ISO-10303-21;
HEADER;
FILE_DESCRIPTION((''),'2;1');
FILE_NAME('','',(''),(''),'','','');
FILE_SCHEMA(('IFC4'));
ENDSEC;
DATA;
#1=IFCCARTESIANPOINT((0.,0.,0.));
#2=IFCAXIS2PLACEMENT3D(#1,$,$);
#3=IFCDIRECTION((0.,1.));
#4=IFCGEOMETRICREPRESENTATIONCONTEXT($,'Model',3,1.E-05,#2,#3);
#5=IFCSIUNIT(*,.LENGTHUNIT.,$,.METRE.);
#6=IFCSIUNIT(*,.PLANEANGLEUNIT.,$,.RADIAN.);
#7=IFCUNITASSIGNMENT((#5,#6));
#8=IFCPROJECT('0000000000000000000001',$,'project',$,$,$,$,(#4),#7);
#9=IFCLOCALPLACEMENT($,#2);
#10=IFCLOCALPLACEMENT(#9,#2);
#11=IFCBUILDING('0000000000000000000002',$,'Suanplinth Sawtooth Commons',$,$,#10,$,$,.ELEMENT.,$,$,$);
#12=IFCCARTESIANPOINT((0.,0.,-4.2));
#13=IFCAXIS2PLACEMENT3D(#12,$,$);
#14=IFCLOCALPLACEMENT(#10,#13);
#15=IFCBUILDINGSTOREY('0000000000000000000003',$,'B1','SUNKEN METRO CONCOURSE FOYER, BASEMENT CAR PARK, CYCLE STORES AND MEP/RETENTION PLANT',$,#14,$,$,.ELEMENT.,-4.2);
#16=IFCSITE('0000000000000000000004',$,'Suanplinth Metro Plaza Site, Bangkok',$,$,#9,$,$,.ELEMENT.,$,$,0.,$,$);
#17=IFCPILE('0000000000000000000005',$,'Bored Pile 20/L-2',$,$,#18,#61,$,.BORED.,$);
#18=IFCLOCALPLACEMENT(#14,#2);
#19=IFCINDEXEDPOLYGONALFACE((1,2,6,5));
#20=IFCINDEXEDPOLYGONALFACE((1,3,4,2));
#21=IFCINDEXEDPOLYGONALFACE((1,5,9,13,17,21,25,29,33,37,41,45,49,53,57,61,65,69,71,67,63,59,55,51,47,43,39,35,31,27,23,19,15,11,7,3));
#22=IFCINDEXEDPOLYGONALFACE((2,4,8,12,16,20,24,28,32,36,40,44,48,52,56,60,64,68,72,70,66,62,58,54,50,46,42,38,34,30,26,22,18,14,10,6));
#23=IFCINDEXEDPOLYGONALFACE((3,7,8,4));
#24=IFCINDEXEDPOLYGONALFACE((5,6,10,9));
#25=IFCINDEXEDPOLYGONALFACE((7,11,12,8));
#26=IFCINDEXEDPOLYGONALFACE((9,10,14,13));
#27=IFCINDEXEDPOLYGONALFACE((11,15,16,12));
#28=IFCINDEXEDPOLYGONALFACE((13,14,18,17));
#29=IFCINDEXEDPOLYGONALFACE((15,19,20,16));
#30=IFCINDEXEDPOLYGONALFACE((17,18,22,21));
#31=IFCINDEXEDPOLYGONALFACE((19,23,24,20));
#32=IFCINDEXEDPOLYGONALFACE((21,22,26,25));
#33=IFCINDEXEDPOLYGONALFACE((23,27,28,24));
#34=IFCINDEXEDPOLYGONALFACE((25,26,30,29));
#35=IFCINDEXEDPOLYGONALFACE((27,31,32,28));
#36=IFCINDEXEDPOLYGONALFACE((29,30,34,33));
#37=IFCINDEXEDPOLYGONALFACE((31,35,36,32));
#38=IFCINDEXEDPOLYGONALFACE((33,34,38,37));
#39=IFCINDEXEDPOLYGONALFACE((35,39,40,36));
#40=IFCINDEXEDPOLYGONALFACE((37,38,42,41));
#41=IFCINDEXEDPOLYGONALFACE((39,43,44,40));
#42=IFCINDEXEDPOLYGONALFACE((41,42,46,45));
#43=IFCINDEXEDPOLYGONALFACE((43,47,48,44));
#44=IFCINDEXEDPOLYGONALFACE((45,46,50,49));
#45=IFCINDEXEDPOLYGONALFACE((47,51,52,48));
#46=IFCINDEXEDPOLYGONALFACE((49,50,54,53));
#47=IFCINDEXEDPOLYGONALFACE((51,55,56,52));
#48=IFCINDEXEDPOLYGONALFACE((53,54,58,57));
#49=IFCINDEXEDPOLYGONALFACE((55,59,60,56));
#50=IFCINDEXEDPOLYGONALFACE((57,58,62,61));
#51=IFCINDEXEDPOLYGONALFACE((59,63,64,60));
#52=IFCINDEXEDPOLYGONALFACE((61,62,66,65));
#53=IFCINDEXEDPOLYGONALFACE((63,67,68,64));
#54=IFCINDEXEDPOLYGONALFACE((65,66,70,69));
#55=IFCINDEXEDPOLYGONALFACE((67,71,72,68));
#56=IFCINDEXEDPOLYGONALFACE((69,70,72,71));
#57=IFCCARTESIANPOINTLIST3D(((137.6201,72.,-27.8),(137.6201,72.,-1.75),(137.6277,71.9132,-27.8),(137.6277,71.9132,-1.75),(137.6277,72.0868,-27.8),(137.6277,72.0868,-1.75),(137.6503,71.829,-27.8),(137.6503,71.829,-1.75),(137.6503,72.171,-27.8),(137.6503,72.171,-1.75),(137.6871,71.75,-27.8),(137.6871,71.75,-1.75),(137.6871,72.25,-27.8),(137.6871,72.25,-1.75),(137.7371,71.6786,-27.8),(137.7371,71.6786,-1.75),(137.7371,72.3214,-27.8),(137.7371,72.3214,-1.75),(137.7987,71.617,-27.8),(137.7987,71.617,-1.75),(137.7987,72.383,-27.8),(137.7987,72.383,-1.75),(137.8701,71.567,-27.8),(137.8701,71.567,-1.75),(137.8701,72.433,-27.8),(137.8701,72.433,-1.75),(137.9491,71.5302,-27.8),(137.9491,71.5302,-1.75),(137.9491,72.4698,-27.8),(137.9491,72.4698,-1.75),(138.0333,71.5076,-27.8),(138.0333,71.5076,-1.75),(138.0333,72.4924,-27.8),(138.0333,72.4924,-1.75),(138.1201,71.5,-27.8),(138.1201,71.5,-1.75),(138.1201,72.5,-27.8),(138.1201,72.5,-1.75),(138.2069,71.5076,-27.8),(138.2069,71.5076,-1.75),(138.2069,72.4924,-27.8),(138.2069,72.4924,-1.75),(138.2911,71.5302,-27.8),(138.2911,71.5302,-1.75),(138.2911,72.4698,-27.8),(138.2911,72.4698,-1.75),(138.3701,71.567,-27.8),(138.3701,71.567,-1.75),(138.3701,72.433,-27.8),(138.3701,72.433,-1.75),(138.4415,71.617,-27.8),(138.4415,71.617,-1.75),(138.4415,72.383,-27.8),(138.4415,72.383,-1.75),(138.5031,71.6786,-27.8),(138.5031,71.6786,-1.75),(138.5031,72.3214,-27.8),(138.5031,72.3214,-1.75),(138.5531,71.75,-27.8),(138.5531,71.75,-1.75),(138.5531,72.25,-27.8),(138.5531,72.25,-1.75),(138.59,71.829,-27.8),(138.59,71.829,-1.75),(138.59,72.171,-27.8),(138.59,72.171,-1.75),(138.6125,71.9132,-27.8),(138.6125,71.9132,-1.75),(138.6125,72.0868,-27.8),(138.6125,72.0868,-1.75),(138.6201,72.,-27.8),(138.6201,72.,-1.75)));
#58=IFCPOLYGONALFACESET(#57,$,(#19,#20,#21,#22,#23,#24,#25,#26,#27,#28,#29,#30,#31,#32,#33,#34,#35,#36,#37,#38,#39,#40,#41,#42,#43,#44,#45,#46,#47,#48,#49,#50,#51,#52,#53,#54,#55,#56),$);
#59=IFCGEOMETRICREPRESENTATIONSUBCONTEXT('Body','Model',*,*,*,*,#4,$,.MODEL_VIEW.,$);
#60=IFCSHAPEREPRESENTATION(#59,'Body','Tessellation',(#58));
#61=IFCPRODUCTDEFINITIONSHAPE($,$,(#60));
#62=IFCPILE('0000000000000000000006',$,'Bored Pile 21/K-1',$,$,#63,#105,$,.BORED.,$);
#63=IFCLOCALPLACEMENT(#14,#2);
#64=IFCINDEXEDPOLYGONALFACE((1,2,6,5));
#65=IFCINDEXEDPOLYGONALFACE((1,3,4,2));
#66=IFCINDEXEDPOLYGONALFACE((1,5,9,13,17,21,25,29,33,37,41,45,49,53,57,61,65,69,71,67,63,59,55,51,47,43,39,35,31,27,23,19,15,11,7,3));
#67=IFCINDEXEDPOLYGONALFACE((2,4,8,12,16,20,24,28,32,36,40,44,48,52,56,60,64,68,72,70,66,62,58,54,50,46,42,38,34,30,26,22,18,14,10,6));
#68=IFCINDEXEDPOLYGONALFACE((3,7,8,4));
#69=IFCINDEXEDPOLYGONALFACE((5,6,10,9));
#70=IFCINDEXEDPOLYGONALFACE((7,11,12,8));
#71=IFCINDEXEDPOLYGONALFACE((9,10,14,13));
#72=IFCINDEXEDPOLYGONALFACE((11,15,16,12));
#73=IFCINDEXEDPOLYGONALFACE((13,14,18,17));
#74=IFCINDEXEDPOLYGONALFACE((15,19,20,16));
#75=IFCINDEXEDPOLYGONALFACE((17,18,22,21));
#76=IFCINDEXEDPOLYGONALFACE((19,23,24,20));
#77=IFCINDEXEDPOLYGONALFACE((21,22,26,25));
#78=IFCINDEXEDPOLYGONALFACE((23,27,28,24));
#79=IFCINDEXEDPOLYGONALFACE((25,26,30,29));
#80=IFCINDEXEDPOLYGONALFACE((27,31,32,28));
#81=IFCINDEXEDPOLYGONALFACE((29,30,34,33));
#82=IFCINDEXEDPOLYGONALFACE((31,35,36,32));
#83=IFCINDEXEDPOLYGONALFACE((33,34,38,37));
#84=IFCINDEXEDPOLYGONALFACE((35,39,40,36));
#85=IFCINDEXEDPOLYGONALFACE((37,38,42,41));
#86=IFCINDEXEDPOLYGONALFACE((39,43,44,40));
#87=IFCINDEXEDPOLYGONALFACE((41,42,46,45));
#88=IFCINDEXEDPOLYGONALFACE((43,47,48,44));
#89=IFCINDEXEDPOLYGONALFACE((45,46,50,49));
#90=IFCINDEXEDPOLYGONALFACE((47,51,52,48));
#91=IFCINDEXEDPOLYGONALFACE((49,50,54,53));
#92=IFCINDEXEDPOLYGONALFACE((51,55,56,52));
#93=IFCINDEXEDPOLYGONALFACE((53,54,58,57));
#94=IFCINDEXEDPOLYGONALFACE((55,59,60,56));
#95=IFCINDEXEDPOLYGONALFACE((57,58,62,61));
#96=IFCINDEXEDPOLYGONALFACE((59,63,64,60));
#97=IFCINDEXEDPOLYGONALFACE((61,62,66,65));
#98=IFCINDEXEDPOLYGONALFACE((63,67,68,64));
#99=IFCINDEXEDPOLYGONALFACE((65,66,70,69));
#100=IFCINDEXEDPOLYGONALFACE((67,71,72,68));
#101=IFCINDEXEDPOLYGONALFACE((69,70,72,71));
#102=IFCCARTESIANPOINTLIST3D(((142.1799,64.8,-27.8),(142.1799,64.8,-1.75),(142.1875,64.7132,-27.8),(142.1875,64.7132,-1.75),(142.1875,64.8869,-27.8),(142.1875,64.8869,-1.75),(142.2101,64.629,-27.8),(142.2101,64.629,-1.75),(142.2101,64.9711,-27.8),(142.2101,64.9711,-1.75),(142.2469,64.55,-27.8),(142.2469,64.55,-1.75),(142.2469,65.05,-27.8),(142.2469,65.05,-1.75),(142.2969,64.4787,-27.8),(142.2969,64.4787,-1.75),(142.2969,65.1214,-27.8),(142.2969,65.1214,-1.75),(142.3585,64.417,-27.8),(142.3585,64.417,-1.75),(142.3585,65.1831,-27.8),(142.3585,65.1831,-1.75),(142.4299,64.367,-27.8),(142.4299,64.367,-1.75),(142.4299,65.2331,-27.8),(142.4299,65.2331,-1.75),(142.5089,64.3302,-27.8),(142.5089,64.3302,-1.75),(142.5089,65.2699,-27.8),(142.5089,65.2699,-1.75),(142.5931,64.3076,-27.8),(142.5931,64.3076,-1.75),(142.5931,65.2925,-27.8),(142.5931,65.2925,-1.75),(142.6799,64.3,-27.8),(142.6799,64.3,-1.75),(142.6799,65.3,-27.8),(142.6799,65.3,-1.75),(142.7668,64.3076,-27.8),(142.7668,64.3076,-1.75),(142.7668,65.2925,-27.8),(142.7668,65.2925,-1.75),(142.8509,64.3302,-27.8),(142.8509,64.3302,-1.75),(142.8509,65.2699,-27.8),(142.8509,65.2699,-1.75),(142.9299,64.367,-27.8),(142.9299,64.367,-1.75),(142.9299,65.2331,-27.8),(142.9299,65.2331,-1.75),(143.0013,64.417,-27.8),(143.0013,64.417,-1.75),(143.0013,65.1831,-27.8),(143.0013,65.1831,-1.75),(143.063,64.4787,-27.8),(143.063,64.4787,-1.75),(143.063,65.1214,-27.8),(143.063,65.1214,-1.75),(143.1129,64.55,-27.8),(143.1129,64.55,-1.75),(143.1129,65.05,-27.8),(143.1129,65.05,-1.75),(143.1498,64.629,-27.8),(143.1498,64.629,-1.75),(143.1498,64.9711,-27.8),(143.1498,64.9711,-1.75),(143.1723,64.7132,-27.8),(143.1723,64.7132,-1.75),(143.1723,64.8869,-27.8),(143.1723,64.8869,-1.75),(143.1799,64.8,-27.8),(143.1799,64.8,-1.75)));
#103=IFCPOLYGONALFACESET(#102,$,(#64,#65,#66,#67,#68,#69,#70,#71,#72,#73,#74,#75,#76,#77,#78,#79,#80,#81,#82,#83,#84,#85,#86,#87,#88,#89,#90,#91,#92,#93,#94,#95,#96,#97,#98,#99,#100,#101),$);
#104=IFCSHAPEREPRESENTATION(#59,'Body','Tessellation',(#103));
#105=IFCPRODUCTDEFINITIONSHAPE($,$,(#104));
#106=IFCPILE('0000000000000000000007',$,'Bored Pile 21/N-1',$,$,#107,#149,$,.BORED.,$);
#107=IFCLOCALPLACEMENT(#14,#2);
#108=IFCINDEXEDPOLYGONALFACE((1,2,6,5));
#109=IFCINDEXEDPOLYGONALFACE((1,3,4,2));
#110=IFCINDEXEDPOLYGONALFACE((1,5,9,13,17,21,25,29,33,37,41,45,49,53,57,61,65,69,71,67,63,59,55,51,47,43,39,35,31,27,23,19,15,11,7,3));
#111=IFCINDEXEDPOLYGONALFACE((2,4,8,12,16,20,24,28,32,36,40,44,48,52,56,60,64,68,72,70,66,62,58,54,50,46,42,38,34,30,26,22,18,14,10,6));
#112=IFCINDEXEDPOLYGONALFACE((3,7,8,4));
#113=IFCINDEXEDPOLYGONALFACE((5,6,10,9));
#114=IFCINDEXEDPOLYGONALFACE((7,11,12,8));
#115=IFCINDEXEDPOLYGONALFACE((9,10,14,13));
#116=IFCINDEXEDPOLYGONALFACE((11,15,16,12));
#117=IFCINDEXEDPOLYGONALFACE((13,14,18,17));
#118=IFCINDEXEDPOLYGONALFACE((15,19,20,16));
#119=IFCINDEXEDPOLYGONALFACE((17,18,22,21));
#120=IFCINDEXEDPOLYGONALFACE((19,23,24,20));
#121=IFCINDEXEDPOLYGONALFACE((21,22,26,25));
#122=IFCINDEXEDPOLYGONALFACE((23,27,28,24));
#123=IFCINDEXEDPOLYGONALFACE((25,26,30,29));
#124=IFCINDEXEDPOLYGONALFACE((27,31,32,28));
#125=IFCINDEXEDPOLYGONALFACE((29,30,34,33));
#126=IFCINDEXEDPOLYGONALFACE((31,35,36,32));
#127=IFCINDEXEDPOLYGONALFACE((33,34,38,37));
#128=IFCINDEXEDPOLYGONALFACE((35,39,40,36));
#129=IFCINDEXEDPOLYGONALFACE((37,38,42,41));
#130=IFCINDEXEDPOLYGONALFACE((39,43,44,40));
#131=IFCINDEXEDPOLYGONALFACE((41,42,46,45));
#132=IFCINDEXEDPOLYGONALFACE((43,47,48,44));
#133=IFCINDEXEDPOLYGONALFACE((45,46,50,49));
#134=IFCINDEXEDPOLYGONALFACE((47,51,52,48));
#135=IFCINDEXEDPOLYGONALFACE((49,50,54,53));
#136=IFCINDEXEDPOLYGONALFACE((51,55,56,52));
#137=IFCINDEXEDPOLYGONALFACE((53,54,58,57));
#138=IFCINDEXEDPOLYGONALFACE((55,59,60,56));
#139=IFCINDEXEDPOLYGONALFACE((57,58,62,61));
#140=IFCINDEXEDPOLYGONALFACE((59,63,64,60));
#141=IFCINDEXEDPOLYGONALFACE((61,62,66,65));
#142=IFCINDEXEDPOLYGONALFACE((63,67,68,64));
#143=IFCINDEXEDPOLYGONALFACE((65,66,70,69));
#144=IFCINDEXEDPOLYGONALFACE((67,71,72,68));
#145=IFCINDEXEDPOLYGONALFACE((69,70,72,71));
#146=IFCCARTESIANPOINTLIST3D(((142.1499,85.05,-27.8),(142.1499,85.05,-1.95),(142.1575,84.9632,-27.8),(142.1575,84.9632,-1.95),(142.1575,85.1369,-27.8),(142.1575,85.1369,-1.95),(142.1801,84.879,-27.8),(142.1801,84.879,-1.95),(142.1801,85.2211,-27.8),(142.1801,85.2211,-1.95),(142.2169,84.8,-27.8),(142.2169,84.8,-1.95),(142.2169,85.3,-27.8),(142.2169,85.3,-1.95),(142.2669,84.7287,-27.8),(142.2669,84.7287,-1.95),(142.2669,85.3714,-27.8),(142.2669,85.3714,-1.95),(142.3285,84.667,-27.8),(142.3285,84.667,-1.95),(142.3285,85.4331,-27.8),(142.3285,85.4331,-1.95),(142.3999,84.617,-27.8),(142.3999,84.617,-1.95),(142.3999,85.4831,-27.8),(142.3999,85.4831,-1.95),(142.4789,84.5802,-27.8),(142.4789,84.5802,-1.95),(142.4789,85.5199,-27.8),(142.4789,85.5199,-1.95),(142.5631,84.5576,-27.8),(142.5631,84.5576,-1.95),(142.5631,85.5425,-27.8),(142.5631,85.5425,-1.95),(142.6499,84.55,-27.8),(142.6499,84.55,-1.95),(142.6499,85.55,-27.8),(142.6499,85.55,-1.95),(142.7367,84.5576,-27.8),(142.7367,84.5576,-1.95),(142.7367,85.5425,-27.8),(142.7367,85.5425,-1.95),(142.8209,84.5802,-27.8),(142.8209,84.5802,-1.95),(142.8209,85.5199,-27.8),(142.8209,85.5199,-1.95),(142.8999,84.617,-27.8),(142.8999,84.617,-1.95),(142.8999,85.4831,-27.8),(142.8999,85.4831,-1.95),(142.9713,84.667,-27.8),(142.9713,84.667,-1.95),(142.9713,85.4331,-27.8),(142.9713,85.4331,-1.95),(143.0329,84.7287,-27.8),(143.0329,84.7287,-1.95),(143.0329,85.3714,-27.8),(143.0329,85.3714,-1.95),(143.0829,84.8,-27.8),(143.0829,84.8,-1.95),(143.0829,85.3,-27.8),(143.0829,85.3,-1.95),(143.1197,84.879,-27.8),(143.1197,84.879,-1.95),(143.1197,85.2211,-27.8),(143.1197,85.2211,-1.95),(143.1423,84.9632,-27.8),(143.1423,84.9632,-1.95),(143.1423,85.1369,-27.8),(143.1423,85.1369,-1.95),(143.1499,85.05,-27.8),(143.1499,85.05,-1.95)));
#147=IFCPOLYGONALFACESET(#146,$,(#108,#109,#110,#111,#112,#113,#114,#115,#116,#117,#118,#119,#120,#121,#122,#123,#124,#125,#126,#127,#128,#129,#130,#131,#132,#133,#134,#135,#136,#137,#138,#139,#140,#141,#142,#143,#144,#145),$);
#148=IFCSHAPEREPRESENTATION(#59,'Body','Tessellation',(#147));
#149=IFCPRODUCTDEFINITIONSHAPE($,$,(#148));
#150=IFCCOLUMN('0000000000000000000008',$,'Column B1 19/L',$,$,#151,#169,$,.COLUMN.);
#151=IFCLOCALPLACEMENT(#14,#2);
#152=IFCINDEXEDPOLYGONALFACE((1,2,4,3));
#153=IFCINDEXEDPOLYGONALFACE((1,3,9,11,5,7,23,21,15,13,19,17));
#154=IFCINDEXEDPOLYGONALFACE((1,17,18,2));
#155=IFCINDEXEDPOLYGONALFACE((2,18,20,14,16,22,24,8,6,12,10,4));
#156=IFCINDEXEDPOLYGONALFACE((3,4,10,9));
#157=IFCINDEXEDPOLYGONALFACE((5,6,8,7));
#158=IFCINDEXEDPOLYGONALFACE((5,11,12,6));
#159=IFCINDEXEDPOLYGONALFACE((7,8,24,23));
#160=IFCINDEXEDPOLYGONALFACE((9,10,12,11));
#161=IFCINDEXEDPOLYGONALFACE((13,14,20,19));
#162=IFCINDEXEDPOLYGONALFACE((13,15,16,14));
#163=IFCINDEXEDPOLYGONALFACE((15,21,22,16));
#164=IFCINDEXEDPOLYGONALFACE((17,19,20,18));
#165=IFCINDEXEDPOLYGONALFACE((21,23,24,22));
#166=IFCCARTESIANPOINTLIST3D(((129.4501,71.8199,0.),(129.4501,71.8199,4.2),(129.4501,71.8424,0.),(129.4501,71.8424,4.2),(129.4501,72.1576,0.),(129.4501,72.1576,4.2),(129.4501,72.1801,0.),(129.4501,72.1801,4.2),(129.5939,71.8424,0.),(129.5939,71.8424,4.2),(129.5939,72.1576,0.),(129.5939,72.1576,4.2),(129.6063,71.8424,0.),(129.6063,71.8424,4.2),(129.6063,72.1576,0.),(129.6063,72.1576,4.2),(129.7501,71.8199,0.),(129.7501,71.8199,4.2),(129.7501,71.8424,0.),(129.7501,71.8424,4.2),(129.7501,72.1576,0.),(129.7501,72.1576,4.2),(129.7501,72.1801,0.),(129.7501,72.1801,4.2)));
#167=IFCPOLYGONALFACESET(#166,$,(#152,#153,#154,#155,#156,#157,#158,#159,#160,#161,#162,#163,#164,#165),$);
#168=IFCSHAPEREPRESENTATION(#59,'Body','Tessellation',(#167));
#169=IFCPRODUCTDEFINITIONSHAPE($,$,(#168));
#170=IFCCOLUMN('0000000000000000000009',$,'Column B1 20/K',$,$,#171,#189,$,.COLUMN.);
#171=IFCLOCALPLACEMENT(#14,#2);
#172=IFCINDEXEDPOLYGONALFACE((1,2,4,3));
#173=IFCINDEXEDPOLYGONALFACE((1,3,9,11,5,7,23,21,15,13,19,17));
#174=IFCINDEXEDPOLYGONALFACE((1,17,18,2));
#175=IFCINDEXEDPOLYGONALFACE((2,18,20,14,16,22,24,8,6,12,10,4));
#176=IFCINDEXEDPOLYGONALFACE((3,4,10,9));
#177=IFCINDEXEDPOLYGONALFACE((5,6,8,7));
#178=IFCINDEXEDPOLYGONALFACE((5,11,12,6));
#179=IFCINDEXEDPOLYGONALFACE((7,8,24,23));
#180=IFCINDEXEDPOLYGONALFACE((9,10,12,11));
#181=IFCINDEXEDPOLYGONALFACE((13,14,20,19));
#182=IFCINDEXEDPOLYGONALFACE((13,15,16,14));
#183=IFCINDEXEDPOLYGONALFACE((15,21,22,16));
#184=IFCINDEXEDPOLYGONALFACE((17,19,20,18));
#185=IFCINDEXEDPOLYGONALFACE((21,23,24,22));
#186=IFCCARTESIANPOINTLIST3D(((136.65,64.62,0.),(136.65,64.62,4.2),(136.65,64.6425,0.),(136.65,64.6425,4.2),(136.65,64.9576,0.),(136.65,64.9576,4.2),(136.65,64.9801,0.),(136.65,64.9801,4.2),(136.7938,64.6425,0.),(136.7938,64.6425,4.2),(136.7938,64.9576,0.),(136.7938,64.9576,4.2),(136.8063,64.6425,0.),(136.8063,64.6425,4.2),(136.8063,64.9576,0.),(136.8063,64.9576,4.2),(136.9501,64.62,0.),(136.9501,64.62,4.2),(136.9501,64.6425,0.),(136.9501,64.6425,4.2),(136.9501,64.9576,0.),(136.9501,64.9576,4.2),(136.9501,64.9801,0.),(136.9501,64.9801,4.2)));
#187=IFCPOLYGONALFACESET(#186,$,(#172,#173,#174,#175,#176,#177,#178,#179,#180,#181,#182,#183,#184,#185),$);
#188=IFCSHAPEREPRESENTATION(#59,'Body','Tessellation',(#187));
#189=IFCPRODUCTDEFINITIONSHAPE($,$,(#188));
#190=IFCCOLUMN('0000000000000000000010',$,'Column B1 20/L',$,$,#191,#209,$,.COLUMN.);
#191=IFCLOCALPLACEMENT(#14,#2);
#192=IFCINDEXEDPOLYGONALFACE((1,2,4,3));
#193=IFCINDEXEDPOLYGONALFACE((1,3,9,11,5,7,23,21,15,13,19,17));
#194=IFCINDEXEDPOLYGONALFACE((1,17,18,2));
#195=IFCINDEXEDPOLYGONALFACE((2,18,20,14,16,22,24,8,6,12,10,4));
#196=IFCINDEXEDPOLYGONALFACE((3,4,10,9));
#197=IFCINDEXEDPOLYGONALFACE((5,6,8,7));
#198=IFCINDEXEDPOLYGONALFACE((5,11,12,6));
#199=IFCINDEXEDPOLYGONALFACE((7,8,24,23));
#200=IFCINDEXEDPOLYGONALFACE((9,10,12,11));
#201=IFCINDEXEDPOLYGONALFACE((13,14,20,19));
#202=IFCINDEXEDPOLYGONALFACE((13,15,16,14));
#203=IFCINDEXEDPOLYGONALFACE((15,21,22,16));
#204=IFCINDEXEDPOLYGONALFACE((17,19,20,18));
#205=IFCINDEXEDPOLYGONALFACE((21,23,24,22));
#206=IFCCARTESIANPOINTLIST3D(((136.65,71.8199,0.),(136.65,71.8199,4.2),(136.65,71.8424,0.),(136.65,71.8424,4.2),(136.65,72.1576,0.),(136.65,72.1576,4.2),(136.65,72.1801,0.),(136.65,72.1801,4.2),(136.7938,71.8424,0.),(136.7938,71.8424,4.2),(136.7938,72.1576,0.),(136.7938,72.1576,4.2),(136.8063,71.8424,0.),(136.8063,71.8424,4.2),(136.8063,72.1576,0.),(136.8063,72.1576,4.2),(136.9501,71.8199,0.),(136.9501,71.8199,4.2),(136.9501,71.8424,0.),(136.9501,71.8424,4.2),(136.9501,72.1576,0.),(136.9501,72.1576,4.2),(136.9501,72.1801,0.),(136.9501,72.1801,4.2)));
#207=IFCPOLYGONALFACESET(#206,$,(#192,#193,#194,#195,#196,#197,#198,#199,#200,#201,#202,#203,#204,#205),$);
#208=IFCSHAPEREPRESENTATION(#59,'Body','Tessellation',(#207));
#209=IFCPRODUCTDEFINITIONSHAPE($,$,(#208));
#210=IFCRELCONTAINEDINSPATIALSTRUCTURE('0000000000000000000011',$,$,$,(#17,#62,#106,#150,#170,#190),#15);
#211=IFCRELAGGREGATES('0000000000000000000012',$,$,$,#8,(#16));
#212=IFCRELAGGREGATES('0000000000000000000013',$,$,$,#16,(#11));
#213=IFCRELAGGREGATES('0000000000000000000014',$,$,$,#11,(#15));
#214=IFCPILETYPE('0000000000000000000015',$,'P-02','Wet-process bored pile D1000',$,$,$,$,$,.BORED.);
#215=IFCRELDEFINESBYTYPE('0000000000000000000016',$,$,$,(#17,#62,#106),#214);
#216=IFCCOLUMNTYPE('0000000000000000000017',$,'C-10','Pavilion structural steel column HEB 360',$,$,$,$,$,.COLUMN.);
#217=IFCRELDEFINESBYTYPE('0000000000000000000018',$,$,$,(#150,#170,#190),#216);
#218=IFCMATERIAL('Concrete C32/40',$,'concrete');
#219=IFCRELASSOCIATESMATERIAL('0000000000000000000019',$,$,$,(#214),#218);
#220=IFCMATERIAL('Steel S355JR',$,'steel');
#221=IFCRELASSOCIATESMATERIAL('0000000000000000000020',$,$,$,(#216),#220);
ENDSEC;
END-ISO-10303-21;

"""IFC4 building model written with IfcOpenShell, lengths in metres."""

from ifc_helpers import new_model, si_unit, direction, frame, origin, origin_2d, place, context, subcontext, project, spatial, circle, i_section, extrude, material, material_profile, profile_set, type_object, element, save


model = new_model("IFC4")

# Units and contexts
model_context = context("Model", 3, precision=1e-05, world=origin(), true_north=direction((0.0, 1.0)))
body_context = subcontext(model_context, "Body", "Model", "MODEL_VIEW")
ifc_project = project(units=[si_unit("LENGTHUNIT", "METRE"), si_unit("PLANEANGLEUNIT", "RADIAN")], contexts=[model_context])

# Site, building, storey
site_placement = place(None, origin())
site = spatial("IfcSite", under=ifc_project, at=site_placement, Name="Suanplinth Metro Plaza Site, Bangkok", CompositionType="ELEMENT", RefElevation=0.0)
building_placement = place(site_placement, origin())
building = spatial("IfcBuilding", under=site, at=building_placement, Name="Suanplinth Sawtooth Commons", CompositionType="ELEMENT")
storey_placement = place(building_placement, frame((0.0, 0.0, -4.2)))
storey = spatial("IfcBuildingStorey", under=building, at=storey_placement, Name="B1", Description="SUNKEN METRO CONCOURSE FOYER, BASEMENT CAR PARK, CYCLE STORES AND MEP/RETENTION PLANT", CompositionType="ELEMENT", Elevation=-4.2)

# Piles
ifc_material_1 = material(Name="Concrete C32/40", Category="concrete")
ifc_material_profile_1 = material_profile(ifc_material_1, circle(Radius=0.5, at=origin_2d()), Name="PILE D1000")
ifc_profile_set_1 = profile_set([ifc_material_profile_1], Name="Concrete C32/40")
pile_type_1 = type_object("IfcPileType", Name="P-02", Description="Wet-process bored pile D1000", PredefinedType="BORED", material=ifc_profile_set_1)
for number, where, z_axis, x_axis, name in (
    (1, (138.1201, 72.0, -1.75), (0.0, 0.0, -1.0), (1.0, 0.0, 0.0), "Bored Pile 20/L-2"),
    (2, (142.6799, 64.8, -1.75), (0.0, 0.0, -1.0), (1.0, 0.0, 0.0), "Bored Pile 21/K-1"),
):
    element("IfcPile", number, at=place(storey_placement, frame(where, z_axis=z_axis, x_axis=x_axis)), inside=storey, type_object=pile_type_1, Name=name, PredefinedType="BORED", context=body_context, shape_type="SweptSolid", body=[
        extrude(circle(Radius=0.5, at=origin_2d()), origin(), (0.0, 0.0, 1.0), 26.05),
    ])
pile_1_placement = place(storey_placement, frame((142.6499, 85.05, -1.95), z_axis=(0.0, 0.0, -1.0), x_axis=(1.0, 0.0, 0.0)))
element("IfcPile", 3, at=pile_1_placement, inside=storey, type_object=pile_type_1, Name="Bored Pile 21/N-1", PredefinedType="BORED", context=body_context, shape_type="SweptSolid", body=[
    extrude(circle(Radius=0.5, at=origin_2d()), origin(), (0.0, 0.0, 1.0), 25.8501),
])

# Columns
ifc_material_2 = material(Name="Steel S355JR", Category="steel")
ifc_material_profile_2 = material_profile(ifc_material_2, i_section(OverallWidth=0.3, OverallDepth=0.3601, WebThickness=0.0125, FlangeThickness=0.0225, at=origin_2d()), Name="HEB 360")
ifc_profile_set_2 = profile_set([ifc_material_profile_2], Name="Steel S355JR")
column_type = type_object("IfcColumnType", Name="C-10", Description="Pavilion structural steel column HEB 360", PredefinedType="COLUMN", material=ifc_profile_set_2)
for number, where, z_axis, x_axis, name in (
    (4, (129.6001, 72.0, 0.0), (0.0, 0.0, 1.0), (1.0, 0.0, 0.0), "Column B1 19/L"),
    (5, (136.8, 64.8, 0.0), (0.0, 0.0, 1.0), (1.0, 0.0, 0.0), "Column B1 20/K"),
    (6, (136.8, 72.0, 0.0), (0.0, 0.0, 1.0), (1.0, 0.0, 0.0), "Column B1 20/L"),
):
    element("IfcColumn", number, at=place(storey_placement, frame(where, z_axis=z_axis, x_axis=x_axis)), inside=storey, type_object=column_type, Name=name, PredefinedType="COLUMN", context=body_context, shape_type="SweptSolid", body=[
        extrude(i_section(OverallWidth=0.3, OverallDepth=0.3601, WebThickness=0.0125, FlangeThickness=0.0225, at=origin_2d()), origin(), (0.0, 0.0, 1.0), 4.2),
    ])

save(model, "model.ifc")
